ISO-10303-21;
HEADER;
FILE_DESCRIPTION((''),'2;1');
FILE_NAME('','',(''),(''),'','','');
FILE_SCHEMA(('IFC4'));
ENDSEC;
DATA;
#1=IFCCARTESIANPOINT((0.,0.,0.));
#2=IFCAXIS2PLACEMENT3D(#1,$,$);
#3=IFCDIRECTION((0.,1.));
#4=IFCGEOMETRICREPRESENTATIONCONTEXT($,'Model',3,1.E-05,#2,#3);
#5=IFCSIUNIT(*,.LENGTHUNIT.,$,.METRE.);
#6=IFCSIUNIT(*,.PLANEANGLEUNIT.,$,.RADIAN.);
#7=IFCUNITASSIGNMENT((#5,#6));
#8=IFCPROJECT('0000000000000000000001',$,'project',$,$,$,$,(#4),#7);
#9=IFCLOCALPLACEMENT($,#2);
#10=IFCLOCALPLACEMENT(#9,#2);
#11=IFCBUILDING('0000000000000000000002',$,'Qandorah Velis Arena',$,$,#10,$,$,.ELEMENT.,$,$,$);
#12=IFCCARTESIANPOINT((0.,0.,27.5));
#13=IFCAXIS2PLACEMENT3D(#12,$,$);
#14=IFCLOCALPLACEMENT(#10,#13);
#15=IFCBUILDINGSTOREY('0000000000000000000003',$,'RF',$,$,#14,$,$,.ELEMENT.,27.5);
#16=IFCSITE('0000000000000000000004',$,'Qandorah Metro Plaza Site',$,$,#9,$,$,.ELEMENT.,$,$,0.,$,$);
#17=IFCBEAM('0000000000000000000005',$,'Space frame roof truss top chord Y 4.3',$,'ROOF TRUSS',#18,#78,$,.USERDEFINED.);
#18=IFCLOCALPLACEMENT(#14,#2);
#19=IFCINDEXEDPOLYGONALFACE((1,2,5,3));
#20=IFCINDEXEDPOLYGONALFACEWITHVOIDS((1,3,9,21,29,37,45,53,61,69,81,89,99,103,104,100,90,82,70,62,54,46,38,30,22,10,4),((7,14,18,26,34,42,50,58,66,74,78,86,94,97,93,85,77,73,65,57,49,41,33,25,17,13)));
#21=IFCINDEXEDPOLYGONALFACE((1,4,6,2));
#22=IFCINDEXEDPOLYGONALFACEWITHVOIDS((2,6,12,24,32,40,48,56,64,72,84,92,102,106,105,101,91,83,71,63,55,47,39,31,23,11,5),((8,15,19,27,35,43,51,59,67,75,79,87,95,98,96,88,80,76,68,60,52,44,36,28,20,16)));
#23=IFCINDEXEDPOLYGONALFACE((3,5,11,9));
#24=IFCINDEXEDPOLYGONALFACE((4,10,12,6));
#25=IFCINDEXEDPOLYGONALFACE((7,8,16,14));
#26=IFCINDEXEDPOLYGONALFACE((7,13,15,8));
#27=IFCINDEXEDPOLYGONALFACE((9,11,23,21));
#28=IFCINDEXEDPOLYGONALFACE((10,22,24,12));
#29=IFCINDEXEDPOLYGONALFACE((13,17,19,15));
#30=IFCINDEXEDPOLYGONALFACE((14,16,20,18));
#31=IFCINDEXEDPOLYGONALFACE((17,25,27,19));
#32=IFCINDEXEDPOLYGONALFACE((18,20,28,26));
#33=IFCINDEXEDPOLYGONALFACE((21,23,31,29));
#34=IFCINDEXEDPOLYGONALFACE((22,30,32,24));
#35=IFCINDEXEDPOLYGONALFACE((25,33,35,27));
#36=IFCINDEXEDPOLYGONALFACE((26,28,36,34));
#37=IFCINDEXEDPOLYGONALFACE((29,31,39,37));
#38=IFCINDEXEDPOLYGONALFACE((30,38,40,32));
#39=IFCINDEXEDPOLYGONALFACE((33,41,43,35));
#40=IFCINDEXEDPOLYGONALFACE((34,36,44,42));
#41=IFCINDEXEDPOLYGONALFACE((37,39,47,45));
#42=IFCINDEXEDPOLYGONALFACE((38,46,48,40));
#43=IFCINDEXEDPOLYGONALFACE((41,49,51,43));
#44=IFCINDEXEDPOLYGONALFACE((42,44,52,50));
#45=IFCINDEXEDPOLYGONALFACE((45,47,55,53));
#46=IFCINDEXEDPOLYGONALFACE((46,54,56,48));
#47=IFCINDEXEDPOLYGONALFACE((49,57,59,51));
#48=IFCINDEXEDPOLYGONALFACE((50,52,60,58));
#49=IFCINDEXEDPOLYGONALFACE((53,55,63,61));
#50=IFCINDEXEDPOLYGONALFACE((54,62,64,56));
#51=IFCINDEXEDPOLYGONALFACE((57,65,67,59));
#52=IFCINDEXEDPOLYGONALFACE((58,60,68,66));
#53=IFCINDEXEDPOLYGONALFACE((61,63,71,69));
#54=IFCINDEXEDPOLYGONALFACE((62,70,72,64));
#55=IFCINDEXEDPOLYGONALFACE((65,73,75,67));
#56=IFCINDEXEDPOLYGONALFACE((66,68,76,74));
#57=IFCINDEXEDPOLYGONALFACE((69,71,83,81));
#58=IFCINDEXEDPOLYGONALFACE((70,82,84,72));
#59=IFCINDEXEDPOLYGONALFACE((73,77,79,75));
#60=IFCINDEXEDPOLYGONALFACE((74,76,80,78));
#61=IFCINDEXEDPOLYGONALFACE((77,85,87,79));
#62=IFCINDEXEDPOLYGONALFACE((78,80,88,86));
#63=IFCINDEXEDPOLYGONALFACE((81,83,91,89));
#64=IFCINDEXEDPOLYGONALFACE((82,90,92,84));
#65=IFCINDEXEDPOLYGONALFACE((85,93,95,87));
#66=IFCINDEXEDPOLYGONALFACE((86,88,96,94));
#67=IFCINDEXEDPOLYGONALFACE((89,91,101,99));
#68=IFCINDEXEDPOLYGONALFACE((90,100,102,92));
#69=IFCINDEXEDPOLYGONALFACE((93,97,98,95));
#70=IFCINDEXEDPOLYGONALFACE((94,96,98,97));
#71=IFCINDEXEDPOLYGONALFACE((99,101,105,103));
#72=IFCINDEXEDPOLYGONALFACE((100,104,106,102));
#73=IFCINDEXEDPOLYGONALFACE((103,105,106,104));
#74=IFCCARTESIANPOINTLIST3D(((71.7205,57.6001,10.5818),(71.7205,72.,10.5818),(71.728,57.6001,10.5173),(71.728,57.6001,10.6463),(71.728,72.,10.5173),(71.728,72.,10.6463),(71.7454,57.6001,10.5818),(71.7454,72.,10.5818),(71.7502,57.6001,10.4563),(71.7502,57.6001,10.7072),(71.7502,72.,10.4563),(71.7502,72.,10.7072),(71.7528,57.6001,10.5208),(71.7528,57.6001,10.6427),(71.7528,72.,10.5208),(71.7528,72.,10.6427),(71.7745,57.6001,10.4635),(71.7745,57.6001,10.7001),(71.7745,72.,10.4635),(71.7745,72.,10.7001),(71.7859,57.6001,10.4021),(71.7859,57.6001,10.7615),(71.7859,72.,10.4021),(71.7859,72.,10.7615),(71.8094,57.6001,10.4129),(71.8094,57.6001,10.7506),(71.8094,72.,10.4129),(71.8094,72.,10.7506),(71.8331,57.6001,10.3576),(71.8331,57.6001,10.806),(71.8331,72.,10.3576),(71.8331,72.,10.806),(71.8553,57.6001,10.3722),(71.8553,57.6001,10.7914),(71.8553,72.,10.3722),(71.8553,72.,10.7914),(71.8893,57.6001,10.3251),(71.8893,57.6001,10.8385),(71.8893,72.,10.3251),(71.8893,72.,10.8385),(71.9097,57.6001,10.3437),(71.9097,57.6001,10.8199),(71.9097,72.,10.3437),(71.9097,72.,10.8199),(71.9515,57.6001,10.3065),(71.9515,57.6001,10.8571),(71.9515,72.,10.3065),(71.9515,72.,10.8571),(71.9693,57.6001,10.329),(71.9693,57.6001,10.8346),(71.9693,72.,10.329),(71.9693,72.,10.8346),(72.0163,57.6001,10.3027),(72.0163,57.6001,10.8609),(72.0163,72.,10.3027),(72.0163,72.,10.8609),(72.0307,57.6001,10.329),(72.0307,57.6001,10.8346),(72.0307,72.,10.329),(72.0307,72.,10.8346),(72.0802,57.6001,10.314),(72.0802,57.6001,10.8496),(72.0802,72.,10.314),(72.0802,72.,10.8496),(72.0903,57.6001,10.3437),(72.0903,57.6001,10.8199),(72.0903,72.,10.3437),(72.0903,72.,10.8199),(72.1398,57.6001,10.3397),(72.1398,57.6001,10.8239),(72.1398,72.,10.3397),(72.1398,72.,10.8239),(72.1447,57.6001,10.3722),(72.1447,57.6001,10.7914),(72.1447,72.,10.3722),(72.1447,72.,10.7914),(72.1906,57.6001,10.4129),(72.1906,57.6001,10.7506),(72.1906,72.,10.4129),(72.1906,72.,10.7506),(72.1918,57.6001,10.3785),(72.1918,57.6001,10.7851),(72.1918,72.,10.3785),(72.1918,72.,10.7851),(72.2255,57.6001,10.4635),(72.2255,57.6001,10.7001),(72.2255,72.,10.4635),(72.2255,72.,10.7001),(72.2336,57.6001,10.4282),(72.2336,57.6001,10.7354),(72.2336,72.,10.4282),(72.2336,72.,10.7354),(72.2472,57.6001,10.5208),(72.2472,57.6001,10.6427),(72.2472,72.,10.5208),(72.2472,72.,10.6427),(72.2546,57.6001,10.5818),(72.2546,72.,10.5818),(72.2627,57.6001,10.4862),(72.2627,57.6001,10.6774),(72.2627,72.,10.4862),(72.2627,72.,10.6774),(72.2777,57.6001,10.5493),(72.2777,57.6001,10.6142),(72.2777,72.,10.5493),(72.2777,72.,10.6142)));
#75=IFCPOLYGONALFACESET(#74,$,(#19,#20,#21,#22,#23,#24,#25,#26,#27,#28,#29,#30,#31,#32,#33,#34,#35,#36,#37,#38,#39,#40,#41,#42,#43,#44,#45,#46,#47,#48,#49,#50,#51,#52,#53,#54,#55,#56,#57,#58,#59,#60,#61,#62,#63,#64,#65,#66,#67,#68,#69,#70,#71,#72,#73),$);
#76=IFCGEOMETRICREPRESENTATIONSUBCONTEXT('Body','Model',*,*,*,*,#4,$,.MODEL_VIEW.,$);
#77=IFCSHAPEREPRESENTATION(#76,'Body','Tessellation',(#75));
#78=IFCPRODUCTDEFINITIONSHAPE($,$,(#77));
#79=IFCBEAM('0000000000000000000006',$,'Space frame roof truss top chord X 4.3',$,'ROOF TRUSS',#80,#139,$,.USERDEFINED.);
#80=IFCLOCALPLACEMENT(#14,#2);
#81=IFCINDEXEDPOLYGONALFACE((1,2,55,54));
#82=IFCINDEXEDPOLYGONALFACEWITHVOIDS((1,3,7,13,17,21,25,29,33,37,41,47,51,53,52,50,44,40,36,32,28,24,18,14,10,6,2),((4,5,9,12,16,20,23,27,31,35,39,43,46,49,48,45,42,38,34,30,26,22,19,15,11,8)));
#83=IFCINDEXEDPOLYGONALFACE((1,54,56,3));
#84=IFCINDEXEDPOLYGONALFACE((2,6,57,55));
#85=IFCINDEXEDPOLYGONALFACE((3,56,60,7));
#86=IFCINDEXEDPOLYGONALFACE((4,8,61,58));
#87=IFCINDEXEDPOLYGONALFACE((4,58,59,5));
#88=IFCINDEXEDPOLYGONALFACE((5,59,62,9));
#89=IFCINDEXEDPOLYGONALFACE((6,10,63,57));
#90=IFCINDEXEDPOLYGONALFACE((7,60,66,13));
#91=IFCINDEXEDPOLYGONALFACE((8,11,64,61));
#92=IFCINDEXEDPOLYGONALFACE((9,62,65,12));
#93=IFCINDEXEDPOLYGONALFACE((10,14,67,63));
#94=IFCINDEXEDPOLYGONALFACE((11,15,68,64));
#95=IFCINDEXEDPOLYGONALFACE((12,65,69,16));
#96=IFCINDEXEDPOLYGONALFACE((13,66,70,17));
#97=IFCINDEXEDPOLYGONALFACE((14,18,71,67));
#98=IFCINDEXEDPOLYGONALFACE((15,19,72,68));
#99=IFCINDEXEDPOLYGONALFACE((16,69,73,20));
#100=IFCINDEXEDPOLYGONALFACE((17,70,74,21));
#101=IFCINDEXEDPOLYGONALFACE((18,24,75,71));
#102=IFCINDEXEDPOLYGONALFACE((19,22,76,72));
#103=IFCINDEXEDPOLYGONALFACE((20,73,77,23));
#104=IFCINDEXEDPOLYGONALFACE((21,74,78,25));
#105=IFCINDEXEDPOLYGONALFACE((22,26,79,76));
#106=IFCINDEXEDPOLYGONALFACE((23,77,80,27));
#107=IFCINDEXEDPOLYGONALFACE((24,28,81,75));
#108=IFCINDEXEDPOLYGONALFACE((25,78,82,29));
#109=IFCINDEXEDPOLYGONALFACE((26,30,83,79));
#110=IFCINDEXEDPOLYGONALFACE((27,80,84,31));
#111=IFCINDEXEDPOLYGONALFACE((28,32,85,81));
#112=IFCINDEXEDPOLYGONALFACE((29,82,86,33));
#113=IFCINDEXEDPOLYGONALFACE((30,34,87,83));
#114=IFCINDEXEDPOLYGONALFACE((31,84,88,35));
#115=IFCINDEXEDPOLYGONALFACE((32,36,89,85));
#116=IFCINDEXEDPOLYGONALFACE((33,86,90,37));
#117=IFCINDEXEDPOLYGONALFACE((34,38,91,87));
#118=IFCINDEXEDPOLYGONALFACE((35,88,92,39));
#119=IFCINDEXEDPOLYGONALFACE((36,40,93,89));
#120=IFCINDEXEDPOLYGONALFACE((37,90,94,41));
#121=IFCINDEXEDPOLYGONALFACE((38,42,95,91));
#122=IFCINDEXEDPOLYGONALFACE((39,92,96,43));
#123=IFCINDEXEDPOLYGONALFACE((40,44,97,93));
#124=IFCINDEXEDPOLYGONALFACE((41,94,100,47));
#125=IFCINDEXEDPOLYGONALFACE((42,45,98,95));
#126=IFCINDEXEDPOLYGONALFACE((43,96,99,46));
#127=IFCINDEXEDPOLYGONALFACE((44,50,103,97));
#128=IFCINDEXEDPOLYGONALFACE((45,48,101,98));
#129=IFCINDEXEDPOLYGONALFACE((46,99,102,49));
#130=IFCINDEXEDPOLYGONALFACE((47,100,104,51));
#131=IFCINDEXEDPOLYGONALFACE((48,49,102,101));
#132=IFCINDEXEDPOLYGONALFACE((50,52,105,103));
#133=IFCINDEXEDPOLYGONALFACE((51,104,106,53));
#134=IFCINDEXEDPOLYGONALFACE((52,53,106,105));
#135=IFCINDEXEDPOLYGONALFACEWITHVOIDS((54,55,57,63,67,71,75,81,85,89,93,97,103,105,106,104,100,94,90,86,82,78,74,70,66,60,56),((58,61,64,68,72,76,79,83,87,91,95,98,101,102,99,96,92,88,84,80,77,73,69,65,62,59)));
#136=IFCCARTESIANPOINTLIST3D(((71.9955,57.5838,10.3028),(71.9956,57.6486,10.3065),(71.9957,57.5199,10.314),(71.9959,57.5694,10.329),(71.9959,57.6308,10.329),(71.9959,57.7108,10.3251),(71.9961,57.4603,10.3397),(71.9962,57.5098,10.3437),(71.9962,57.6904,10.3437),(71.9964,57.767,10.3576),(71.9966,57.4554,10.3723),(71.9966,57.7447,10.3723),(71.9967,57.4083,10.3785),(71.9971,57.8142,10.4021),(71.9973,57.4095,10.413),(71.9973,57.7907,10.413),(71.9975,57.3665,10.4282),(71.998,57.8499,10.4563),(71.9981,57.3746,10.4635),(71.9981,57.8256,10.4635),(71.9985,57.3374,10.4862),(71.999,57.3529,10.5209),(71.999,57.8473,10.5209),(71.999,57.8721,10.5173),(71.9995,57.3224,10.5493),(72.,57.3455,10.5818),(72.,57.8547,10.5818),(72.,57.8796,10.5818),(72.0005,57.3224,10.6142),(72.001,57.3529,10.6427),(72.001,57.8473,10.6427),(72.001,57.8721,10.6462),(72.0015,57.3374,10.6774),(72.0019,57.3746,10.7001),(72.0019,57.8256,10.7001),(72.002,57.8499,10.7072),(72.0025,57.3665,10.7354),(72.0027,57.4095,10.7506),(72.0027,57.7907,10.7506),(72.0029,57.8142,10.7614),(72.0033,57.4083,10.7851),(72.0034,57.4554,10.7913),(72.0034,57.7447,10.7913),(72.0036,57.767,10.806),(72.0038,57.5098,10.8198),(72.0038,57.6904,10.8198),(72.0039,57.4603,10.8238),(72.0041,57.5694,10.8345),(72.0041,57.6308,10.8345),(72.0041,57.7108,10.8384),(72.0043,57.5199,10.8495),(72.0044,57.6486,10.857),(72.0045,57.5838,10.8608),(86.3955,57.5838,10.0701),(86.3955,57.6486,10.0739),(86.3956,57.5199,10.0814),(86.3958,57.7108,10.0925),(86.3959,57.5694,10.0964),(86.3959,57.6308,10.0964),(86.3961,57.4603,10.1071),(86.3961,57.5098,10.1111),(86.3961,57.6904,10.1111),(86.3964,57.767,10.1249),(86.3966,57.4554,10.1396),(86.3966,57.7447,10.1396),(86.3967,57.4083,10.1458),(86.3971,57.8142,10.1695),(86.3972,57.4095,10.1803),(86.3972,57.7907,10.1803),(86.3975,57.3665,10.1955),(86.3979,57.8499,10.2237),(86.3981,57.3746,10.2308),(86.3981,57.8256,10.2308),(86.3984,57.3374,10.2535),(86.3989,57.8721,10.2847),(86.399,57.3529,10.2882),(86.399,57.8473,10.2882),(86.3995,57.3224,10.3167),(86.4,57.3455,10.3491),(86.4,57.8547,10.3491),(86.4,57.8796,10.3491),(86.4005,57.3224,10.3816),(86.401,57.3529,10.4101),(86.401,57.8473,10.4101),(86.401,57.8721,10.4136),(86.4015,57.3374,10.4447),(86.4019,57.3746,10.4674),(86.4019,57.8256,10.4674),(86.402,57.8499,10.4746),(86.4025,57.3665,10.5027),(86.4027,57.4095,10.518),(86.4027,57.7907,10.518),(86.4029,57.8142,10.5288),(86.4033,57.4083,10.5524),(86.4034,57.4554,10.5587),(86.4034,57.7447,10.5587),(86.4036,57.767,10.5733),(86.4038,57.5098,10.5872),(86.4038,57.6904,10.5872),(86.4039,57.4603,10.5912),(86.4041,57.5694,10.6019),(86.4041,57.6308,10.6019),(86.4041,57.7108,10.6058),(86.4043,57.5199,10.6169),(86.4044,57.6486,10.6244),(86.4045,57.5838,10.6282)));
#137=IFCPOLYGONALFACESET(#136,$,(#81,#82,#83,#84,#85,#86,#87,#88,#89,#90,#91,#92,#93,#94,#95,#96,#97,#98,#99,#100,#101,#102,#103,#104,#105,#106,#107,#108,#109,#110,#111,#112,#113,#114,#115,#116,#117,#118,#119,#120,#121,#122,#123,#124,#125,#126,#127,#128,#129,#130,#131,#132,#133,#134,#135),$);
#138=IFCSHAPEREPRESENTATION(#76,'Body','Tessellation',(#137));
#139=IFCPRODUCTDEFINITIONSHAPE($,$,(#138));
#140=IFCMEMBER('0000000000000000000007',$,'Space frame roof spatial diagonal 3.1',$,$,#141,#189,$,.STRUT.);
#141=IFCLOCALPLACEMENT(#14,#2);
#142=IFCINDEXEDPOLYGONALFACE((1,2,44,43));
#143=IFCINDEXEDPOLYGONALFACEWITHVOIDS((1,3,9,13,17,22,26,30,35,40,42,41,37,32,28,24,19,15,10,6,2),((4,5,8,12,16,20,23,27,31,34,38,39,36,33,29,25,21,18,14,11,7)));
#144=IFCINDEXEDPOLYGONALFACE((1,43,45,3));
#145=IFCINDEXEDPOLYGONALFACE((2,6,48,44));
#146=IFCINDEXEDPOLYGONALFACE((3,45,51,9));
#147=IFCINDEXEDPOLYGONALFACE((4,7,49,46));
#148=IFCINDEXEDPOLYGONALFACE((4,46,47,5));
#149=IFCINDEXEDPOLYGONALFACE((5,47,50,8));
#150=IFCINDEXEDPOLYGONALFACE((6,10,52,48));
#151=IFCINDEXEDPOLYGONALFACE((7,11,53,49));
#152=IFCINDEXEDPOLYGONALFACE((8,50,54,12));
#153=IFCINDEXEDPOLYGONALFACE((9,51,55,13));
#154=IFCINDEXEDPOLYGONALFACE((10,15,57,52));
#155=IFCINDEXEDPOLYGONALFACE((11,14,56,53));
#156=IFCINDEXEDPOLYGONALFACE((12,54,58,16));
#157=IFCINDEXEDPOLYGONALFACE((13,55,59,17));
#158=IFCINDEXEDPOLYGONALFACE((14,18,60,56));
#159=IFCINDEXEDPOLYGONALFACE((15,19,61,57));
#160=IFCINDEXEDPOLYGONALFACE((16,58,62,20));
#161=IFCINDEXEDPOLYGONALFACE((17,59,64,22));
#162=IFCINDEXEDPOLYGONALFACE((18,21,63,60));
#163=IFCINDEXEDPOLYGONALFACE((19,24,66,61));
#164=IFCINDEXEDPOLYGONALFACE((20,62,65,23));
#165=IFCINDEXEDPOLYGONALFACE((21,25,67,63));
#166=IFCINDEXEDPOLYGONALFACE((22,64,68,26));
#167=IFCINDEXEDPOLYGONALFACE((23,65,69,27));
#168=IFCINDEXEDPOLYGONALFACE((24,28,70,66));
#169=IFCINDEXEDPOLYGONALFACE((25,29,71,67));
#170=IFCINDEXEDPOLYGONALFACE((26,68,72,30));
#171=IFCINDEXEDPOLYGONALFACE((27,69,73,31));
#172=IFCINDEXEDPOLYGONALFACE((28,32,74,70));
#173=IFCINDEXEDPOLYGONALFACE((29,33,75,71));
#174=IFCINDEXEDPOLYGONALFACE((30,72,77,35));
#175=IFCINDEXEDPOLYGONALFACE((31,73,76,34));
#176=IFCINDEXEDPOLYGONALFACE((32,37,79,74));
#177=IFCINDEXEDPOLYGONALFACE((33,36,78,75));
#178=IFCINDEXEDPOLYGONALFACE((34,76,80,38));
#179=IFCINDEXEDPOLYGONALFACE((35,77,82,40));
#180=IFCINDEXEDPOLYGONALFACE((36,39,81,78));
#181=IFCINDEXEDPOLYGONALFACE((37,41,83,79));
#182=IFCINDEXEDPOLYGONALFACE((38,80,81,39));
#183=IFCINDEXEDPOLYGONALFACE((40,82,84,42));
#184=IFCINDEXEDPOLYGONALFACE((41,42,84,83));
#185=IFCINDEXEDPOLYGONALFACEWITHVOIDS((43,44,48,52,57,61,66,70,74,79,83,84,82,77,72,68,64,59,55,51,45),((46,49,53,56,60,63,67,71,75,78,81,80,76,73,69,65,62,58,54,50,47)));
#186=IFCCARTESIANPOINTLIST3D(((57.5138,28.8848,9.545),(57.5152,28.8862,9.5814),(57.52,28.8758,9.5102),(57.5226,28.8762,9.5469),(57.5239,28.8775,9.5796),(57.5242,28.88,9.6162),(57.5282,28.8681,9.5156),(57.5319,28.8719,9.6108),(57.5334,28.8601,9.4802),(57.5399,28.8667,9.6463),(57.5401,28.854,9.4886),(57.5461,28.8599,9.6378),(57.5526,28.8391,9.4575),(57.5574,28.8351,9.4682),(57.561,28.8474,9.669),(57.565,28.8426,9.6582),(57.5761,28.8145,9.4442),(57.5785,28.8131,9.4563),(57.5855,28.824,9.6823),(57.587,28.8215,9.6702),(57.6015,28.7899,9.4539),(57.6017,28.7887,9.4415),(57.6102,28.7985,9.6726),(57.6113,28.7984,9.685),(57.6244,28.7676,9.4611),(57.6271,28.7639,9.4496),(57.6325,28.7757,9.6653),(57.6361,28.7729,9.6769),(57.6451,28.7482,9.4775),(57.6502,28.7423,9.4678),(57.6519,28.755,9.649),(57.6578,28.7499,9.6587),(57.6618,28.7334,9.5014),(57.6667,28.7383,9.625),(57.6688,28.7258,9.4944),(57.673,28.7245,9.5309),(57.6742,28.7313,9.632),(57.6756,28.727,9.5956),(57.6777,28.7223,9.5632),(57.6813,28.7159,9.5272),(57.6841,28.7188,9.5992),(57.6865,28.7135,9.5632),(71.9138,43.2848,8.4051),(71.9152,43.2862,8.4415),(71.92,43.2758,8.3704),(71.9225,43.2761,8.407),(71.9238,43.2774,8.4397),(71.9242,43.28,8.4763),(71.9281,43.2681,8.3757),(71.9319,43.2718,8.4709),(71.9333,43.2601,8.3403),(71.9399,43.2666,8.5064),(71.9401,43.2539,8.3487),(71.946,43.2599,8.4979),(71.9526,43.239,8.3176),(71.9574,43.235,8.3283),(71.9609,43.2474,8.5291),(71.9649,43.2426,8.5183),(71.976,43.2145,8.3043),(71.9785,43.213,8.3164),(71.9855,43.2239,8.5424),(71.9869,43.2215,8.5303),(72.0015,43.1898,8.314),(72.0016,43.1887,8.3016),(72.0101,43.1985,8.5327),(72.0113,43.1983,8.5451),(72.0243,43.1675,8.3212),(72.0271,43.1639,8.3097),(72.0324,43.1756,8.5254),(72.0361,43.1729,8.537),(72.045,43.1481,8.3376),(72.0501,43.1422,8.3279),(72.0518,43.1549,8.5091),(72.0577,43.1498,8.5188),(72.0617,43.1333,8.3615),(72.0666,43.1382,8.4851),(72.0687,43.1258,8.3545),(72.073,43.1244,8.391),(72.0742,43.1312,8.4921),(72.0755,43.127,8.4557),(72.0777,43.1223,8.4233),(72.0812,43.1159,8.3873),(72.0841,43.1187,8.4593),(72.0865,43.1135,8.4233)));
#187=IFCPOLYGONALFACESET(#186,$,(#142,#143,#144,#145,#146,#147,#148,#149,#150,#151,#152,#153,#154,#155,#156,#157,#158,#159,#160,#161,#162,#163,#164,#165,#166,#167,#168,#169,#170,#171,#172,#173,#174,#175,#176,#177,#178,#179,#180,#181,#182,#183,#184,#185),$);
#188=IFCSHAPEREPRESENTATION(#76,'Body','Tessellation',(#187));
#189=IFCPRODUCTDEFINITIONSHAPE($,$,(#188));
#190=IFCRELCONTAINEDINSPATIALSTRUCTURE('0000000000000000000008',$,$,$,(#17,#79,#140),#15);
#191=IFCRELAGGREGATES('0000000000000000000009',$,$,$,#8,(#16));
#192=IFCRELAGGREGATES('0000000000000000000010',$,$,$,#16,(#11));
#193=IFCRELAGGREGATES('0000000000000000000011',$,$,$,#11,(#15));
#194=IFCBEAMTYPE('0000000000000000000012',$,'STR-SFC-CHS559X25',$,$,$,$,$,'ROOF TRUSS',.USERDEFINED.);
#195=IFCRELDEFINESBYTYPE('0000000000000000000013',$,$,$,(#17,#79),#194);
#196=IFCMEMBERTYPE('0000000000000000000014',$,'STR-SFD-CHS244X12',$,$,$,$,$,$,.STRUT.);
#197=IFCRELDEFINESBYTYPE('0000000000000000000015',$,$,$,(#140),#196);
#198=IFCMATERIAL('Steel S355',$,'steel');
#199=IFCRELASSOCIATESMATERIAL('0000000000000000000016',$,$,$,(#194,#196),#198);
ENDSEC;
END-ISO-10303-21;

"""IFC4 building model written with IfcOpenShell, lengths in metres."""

from ifc_helpers import new_model, si_unit, direction, frame, origin, origin_2d, place, context, subcontext, project, spatial, hollow_circle, extrude, material, material_profile, profile_set, type_object, element, save


model = new_model("IFC4")

# Units and contexts
model_context = context("Model", 3, precision=1e-05, world=origin(), true_north=direction((0.0, 1.0)))
body_context = subcontext(model_context, "Body", "Model", "MODEL_VIEW")
ifc_project = project(units=[si_unit("LENGTHUNIT", "METRE"), si_unit("PLANEANGLEUNIT", "RADIAN")], contexts=[model_context])

# Site, building, storey
site_placement = place(None, origin())
site = spatial("IfcSite", under=ifc_project, at=site_placement, Name="Qandorah Metro Plaza Site", CompositionType="ELEMENT", RefElevation=0.0)
building_placement = place(site_placement, origin())
building = spatial("IfcBuilding", under=site, at=building_placement, Name="Qandorah Velis Arena", CompositionType="ELEMENT")
storey_placement = place(building_placement, frame((0.0, 0.0, 27.5)))
storey = spatial("IfcBuildingStorey", under=building, at=storey_placement, Name="RF", CompositionType="ELEMENT", Elevation=27.5)

# Shared definitions
ifc_material_1 = material(Name="Steel S355", Category="steel")

# Beams
ifc_material_profile_1 = material_profile(ifc_material_1, hollow_circle(Radius=0.2795, WallThickness=0.0249, at=origin_2d()), Name="CHS 559x25")
ifc_profile_set_1 = profile_set([ifc_material_profile_1], Name="Steel S355")
beam_type_1 = type_object("IfcBeamType", Name="STR-SFC-CHS559X25", ElementType="ROOF TRUSS", PredefinedType="USERDEFINED", material=ifc_profile_set_1)
beam_1_placement = place(storey_placement, frame((72.0, 57.6001, 10.5818), z_axis=(0.0, 1.0, 0.0), x_axis=(-1.0, 0.0, 0.0)))
element("IfcBeam", 1, at=beam_1_placement, inside=storey, type_object=beam_type_1, Name="Space frame roof truss top chord Y 4.3", ObjectType="ROOF TRUSS", PredefinedType="USERDEFINED", context=body_context, shape_type="SweptSolid", body=[
    extrude(hollow_circle(Radius=0.2795, WallThickness=0.0249, at=origin_2d()), origin(), (0.0, 0.0, 1.0), 14.3999),
])
beam_2_placement = place(storey_placement, frame((72.0, 57.6001, 10.5818), z_axis=(0.999869, 0.0, -0.016155), x_axis=(0.0, 1.0, 0.0)))
element("IfcBeam", 2, at=beam_2_placement, inside=storey, type_object=beam_type_1, Name="Space frame roof truss top chord X 4.3", ObjectType="ROOF TRUSS", PredefinedType="USERDEFINED", context=body_context, shape_type="SweptSolid", body=[
    extrude(hollow_circle(Radius=0.2795, WallThickness=0.0249, at=origin_2d()), origin(), (0.0, 0.0, 1.0), 14.4019),
])

# Member
ifc_material_profile_2 = material_profile(ifc_material_1, hollow_circle(Radius=0.1223, WallThickness=0.0125, at=origin_2d()), Name="CHS 244.5x12.5")
ifc_profile_set_2 = profile_set([ifc_material_profile_2], Name="Steel S355")
member_type_1 = type_object("IfcMemberType", Name="STR-SFD-CHS244X12", PredefinedType="STRUT", material=ifc_profile_set_2)
member_1_placement = place(storey_placement, frame((72.0, 43.2, 8.4233), z_axis=(-0.706002, -0.706002, 0.055887), x_axis=(0.707107, -0.707107, 0.0)))
element("IfcMember", 3, at=member_1_placement, inside=storey, type_object=member_type_1, Name="Space frame roof spatial diagonal 3.1", PredefinedType="STRUT", context=body_context, shape_type="SweptSolid", body=[
    extrude(hollow_circle(Radius=0.1223, WallThickness=0.0125, at=origin_2d()), origin(), (0.0, 0.0, 1.0), 20.3965),
])

save(model, "model.ifc")
